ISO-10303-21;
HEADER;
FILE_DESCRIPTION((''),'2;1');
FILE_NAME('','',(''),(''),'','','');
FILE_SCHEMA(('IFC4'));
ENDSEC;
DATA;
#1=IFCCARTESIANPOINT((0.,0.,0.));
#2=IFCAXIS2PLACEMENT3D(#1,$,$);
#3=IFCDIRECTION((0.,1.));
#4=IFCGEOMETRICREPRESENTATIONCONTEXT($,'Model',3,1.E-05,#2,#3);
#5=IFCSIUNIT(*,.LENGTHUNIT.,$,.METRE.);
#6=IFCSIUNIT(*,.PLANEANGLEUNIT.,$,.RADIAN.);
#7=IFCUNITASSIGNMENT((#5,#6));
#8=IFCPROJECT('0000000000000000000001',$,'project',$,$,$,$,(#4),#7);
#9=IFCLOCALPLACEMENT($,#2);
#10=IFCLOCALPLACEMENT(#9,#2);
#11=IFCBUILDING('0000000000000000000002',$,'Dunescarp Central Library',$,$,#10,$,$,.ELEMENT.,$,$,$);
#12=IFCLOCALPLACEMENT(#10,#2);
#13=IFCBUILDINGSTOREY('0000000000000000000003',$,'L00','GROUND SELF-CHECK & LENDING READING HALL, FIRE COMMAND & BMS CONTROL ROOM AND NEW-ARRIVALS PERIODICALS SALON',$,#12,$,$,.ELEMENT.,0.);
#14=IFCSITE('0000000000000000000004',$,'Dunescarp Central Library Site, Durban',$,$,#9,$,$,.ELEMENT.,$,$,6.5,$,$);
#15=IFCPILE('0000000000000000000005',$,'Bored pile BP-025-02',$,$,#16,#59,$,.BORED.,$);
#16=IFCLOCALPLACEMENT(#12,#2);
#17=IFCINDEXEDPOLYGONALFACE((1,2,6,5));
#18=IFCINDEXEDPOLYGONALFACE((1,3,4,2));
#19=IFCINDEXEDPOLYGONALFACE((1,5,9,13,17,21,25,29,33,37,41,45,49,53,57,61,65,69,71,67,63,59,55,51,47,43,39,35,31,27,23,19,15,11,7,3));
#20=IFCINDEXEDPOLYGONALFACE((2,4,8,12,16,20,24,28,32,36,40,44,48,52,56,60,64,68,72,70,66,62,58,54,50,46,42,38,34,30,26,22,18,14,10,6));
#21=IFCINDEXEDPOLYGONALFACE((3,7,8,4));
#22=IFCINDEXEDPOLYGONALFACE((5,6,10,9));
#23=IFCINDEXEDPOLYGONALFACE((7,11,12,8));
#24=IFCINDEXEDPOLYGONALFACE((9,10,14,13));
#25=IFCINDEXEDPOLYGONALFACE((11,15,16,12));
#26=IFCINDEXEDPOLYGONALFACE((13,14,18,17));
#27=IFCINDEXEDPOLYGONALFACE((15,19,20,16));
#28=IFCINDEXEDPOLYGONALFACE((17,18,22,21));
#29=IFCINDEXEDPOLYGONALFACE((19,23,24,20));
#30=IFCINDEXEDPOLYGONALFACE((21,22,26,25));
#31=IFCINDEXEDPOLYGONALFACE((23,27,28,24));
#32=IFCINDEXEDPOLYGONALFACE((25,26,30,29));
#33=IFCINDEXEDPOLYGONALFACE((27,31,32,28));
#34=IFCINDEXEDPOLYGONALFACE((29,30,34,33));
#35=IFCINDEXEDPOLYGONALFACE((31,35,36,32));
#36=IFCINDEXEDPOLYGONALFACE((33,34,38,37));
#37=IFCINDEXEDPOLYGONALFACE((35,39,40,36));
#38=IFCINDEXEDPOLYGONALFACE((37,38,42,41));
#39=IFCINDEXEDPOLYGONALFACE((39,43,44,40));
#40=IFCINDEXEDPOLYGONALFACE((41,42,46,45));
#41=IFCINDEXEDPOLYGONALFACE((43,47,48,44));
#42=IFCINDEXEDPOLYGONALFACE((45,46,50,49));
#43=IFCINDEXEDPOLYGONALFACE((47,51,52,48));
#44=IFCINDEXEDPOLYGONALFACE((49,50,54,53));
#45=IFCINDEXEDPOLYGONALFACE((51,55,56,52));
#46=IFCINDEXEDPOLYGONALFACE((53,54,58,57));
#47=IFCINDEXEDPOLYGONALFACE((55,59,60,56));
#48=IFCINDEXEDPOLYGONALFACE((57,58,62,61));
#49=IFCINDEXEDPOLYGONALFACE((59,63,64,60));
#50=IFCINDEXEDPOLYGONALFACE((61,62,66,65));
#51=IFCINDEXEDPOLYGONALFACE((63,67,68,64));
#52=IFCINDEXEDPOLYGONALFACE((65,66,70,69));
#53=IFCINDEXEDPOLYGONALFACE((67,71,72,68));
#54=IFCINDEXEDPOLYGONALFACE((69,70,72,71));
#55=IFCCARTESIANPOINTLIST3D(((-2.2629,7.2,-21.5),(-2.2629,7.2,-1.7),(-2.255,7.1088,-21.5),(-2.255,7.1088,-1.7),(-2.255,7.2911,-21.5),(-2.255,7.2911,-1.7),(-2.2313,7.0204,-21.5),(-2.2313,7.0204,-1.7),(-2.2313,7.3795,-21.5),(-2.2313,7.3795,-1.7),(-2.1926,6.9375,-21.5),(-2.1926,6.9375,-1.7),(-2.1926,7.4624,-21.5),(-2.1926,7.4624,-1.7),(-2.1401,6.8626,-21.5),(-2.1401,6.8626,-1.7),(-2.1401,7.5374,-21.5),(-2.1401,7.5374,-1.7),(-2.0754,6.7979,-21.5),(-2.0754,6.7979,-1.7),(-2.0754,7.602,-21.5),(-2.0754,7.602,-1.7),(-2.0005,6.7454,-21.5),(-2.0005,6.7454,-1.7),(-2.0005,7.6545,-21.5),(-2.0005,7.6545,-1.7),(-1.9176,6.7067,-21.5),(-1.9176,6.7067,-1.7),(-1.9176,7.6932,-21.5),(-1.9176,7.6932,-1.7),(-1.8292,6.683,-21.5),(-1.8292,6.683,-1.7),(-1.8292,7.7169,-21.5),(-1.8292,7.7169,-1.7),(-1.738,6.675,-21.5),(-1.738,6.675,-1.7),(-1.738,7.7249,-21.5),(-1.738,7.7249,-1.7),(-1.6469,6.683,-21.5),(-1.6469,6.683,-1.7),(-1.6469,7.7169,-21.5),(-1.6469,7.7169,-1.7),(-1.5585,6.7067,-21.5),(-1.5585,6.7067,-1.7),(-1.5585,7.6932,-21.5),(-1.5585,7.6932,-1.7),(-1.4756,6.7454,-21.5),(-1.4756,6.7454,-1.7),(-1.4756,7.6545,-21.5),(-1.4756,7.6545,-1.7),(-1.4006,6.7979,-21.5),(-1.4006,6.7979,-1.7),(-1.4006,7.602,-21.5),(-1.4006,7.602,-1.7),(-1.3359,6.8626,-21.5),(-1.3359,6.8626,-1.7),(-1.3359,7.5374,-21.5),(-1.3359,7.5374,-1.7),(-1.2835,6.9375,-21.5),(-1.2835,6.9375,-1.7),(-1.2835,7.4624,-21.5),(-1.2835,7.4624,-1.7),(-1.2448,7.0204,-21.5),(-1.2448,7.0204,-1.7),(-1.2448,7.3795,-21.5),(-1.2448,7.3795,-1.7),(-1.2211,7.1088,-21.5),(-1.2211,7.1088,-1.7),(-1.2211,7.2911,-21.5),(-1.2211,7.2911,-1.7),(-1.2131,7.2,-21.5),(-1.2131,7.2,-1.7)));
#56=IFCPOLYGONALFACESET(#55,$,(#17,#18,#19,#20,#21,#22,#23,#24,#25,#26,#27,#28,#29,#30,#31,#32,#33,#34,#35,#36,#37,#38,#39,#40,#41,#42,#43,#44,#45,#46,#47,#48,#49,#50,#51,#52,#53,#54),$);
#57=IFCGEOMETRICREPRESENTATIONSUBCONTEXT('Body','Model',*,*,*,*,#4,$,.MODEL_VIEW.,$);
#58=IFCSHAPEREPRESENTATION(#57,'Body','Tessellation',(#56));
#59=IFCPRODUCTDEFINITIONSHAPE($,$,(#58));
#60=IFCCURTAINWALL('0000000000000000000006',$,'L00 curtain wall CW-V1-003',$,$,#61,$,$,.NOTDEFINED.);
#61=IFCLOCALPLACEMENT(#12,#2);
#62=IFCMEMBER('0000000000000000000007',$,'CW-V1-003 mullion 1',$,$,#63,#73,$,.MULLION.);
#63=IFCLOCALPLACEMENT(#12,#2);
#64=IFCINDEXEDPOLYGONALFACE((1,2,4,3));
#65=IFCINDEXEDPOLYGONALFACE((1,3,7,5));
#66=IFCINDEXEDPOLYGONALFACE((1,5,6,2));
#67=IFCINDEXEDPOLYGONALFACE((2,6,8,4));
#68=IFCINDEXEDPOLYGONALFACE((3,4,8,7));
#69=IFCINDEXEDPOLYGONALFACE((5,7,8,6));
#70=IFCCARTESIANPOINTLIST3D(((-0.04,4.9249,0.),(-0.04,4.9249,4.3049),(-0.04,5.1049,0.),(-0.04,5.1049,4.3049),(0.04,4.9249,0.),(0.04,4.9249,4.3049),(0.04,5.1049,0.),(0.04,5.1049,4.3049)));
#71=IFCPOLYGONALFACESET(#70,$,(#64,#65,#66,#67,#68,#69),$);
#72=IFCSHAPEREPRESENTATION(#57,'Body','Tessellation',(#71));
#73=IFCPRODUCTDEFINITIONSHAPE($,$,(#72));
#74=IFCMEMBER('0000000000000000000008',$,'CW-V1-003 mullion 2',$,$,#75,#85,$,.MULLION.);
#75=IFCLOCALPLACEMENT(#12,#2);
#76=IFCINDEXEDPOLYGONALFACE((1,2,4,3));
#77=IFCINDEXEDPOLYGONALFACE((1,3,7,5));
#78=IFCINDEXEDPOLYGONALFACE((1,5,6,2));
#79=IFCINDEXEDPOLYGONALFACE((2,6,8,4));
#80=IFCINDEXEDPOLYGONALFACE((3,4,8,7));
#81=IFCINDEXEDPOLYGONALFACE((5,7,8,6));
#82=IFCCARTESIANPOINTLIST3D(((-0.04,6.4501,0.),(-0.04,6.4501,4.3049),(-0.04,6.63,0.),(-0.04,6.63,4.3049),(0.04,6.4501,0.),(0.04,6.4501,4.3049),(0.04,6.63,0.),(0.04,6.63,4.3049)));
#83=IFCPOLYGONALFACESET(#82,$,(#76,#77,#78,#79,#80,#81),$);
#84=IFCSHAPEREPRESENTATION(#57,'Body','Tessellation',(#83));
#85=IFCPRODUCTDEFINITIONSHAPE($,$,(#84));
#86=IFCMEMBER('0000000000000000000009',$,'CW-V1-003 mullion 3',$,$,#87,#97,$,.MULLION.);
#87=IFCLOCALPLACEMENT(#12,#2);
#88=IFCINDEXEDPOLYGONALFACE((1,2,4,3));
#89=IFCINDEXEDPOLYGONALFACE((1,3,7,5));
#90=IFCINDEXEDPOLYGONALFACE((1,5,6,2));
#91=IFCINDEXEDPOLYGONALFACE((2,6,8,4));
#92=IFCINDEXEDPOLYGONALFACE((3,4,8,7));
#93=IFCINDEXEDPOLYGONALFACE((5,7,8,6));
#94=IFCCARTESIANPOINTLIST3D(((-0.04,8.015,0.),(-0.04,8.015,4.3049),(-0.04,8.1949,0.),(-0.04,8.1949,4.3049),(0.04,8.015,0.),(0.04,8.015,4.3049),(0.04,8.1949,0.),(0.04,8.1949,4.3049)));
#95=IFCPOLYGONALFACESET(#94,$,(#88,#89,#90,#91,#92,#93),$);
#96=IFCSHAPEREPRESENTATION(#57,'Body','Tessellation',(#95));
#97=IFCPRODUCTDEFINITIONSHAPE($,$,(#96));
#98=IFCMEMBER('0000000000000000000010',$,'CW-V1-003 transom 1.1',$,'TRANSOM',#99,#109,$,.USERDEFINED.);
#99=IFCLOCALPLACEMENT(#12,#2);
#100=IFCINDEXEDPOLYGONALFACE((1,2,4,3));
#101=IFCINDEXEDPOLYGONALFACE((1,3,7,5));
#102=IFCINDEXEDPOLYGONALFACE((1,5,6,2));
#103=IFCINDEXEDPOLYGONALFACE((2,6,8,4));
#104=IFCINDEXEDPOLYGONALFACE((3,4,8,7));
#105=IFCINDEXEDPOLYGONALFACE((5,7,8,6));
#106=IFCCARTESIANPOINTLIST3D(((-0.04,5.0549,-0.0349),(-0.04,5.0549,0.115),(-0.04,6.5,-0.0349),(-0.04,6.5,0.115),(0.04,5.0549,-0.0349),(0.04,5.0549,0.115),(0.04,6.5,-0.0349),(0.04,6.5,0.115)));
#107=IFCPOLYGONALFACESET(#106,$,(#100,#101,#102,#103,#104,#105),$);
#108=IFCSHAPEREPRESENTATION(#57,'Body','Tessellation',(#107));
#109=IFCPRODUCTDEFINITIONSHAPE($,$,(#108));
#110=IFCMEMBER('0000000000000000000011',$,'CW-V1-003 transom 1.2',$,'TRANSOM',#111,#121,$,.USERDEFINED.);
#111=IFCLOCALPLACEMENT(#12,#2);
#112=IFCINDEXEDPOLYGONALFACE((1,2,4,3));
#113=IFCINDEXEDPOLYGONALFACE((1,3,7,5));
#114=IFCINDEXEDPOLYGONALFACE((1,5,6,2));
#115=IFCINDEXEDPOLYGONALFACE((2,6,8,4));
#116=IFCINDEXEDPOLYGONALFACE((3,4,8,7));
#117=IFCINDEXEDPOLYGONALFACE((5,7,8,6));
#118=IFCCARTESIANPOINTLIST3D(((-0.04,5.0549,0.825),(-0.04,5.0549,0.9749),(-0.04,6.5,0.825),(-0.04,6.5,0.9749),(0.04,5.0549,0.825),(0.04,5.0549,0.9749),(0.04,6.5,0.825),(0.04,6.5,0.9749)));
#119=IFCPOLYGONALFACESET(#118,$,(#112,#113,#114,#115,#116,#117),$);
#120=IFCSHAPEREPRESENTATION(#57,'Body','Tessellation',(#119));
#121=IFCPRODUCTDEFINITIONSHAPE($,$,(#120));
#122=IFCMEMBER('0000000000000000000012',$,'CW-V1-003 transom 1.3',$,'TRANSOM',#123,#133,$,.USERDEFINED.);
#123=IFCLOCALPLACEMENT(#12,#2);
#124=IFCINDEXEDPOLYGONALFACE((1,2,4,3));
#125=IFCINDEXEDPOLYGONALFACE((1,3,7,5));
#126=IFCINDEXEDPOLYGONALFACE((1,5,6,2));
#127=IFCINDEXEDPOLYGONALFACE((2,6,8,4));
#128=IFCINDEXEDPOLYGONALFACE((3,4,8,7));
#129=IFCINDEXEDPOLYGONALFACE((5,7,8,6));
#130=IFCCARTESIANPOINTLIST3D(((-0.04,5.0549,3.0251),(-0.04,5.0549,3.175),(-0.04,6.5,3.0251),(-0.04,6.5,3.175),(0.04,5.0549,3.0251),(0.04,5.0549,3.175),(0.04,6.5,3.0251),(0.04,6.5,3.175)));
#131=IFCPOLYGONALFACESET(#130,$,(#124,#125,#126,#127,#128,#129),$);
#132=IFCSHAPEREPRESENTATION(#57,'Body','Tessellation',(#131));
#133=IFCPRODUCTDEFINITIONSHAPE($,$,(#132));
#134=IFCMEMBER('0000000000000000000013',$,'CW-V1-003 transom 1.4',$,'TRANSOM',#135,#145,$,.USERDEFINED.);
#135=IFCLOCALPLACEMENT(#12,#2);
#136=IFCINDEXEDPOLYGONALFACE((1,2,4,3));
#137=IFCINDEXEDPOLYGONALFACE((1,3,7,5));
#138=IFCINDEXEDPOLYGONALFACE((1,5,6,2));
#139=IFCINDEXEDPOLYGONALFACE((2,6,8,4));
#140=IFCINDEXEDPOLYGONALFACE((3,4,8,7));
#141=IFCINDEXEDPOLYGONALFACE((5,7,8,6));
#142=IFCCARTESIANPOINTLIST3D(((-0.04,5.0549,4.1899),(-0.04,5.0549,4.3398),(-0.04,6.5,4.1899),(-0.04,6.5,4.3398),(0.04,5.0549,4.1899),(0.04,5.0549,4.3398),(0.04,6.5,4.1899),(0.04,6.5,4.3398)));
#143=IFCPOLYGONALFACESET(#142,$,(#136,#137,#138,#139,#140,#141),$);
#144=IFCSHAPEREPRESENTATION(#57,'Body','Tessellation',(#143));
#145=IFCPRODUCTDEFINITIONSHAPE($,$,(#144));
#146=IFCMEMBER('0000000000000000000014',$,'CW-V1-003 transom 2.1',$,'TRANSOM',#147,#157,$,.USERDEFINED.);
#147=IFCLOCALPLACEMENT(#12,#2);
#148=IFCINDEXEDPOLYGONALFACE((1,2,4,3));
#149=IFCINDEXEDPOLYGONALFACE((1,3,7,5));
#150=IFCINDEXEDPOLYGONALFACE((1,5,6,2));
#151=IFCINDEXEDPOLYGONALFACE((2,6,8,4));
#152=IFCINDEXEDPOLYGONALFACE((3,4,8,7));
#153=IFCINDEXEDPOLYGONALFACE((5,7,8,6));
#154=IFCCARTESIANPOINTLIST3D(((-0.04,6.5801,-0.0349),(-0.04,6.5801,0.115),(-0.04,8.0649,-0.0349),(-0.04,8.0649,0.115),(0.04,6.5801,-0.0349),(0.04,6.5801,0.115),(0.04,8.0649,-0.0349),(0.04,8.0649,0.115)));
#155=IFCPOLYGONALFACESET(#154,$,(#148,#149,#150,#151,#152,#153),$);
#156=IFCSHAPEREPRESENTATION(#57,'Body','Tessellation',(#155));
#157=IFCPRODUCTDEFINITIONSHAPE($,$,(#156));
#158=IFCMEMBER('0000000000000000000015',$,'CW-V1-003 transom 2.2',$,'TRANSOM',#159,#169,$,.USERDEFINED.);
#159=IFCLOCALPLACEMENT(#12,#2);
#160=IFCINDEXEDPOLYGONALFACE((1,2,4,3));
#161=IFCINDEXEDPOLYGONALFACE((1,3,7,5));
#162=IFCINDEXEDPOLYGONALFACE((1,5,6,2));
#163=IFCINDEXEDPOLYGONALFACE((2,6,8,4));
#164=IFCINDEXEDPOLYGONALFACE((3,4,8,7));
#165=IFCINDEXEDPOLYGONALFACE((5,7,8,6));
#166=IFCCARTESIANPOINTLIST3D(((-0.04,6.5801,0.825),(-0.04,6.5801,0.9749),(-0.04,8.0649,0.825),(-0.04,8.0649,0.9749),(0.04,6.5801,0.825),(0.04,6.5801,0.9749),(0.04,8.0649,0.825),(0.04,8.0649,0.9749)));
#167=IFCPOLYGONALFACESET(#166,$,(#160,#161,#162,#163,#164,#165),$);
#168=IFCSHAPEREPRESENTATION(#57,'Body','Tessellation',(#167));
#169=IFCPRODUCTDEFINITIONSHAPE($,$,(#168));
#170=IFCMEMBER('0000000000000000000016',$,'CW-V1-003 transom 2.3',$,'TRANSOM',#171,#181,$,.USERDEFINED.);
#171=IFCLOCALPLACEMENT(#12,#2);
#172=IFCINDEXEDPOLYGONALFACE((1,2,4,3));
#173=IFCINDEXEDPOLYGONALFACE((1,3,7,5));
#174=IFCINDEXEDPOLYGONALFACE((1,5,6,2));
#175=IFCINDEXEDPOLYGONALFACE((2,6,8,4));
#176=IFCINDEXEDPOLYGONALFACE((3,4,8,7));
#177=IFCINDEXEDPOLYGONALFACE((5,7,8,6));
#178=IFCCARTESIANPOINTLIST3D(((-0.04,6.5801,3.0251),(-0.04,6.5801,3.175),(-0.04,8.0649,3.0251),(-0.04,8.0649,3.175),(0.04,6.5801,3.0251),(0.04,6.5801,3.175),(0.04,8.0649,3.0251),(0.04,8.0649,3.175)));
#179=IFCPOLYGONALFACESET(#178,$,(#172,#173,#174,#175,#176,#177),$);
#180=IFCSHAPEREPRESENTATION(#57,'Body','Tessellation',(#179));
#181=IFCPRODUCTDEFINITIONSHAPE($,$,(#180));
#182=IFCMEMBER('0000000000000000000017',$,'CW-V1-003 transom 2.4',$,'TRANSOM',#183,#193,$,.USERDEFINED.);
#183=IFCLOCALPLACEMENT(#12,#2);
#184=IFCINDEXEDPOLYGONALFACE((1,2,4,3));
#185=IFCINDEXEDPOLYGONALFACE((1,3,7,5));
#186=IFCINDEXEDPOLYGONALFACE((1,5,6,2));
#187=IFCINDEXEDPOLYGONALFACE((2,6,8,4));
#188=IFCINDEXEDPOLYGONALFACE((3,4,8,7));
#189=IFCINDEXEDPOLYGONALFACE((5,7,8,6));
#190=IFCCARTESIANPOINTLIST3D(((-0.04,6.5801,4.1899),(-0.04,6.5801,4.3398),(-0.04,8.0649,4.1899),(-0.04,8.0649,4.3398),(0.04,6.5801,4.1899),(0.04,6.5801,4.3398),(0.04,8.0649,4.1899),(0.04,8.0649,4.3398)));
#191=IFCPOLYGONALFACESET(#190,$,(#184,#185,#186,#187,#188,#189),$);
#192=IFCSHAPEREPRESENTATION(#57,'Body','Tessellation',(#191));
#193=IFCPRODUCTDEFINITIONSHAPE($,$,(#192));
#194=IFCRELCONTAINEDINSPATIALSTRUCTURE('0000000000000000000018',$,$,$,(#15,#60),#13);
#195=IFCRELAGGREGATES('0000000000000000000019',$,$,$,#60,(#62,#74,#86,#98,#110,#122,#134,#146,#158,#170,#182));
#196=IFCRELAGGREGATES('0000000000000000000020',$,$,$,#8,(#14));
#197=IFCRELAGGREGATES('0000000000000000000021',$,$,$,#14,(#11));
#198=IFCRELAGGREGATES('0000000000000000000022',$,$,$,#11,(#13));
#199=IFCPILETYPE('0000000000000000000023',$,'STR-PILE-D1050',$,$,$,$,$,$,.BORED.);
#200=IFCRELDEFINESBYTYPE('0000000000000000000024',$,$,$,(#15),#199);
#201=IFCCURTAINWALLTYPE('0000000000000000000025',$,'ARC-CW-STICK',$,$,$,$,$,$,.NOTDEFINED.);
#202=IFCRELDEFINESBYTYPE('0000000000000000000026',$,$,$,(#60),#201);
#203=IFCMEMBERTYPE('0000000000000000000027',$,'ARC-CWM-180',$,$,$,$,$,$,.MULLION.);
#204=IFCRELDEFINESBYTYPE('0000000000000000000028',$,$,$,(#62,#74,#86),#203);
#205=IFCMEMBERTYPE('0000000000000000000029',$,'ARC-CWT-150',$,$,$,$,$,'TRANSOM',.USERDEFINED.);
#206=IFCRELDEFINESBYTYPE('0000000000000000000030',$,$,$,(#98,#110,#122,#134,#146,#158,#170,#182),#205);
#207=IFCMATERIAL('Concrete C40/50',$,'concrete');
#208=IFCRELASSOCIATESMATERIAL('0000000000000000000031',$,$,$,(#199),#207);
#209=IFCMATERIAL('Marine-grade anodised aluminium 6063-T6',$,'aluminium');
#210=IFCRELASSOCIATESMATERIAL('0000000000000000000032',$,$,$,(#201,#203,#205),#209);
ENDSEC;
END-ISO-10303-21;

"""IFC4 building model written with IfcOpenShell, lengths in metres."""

from ifc_helpers import new_model, si_unit, direction, frame, origin, origin_2d, place, context, subcontext, project, spatial, rectangle, circle, extrude, material, material_profile, profile_set, type_object, element, aggregate, save


model = new_model("IFC4")

# Units and contexts
model_context = context("Model", 3, precision=1e-05, world=origin(), true_north=direction((0.0, 1.0)))
body_context = subcontext(model_context, "Body", "Model", "MODEL_VIEW")
ifc_project = project(units=[si_unit("LENGTHUNIT", "METRE"), si_unit("PLANEANGLEUNIT", "RADIAN")], contexts=[model_context])

# Site, building, storey
site_placement = place(None, origin())
site = spatial("IfcSite", under=ifc_project, at=site_placement, Name="Dunescarp Central Library Site, Durban", CompositionType="ELEMENT", RefElevation=6.5)
building_placement = place(site_placement, origin())
building = spatial("IfcBuilding", under=site, at=building_placement, Name="Dunescarp Central Library", CompositionType="ELEMENT")
storey_placement = place(building_placement, origin())
storey = spatial("IfcBuildingStorey", under=building, at=storey_placement, Name="L00", Description="GROUND SELF-CHECK & LENDING READING HALL, FIRE COMMAND & BMS CONTROL ROOM AND NEW-ARRIVALS PERIODICALS SALON", CompositionType="ELEMENT", Elevation=0.0)

# Pile
ifc_material_1 = material(Name="Concrete C40/50", Category="concrete")
ifc_material_profile_1 = material_profile(ifc_material_1, circle(Radius=0.5249, at=origin_2d()), Name="PILE D1050")
ifc_profile_set_1 = profile_set([ifc_material_profile_1], Name="Concrete C40/50")
pile_type = type_object("IfcPileType", Name="STR-PILE-D1050", PredefinedType="BORED", material=ifc_profile_set_1)
pile_placement = place(storey_placement, frame((-1.738, 7.2, -1.7), z_axis=(0.0, 0.0, -1.0), x_axis=(1.0, 0.0, 0.0)))
element("IfcPile", 1, at=pile_placement, inside=storey, type_object=pile_type, Name="Bored pile BP-025-02", PredefinedType="BORED", context=body_context, shape_type="SweptSolid", body=[
    extrude(circle(Radius=0.5249, at=origin_2d()), origin(), (0.0, 0.0, 1.0), 19.8),
])

# Curtain wall, members
ifc_material_2 = material(Name="Marine-grade anodised aluminium 6063-T6", Category="aluminium")
curtain_wall_type = type_object("IfcCurtainWallType", Name="ARC-CW-STICK", PredefinedType="NOTDEFINED", material=ifc_material_2)
curtain_wall_placement = place(storey_placement, origin())
curtain_wall = element("IfcCurtainWall", 2, at=curtain_wall_placement, inside=storey, type_object=curtain_wall_type, Name="L00 curtain wall CW-V1-003", PredefinedType="NOTDEFINED")
ifc_material_profile_2 = material_profile(ifc_material_2, rectangle(XDim=0.0801, YDim=0.1799, at=origin_2d()), Name="AL 80x180")
ifc_profile_set_2 = profile_set([ifc_material_profile_2], Name="Marine-grade anodised aluminium 6063-T6")
member_type_1 = type_object("IfcMemberType", Name="ARC-CWM-180", PredefinedType="MULLION", material=ifc_profile_set_2)
member_1_placement = place(storey_placement, frame((0.0, 5.0149, 0.0), z_axis=(0.0, 0.0, 1.0), x_axis=(-1.0, 0.0, 0.0)))
member_1 = element("IfcMember", 3, at=member_1_placement, type_object=member_type_1, Name="CW-V1-003 mullion 1", PredefinedType="MULLION", context=body_context, shape_type="SweptSolid", body=[
    extrude(rectangle(XDim=0.0801, YDim=0.1799, at=origin_2d()), origin(), (0.0, 0.0, 1.0), 4.3049),
])
member_2_placement = place(storey_placement, frame((0.0, 6.54, 0.0), z_axis=(0.0, 0.0, 1.0), x_axis=(-1.0, 0.0, 0.0)))
member_2 = element("IfcMember", 4, at=member_2_placement, type_object=member_type_1, Name="CW-V1-003 mullion 2", PredefinedType="MULLION", context=body_context, shape_type="SweptSolid", body=[
    extrude(rectangle(XDim=0.0801, YDim=0.1799, at=origin_2d()), origin(), (0.0, 0.0, 1.0), 4.3049),
])
member_3_placement = place(storey_placement, frame((0.0, 8.105, 0.0), z_axis=(0.0, 0.0, 1.0), x_axis=(-1.0, 0.0, 0.0)))
member_3 = element("IfcMember", 5, at=member_3_placement, type_object=member_type_1, Name="CW-V1-003 mullion 3", PredefinedType="MULLION", context=body_context, shape_type="SweptSolid", body=[
    extrude(rectangle(XDim=0.0801, YDim=0.1799, at=origin_2d()), origin(), (0.0, 0.0, 1.0), 4.3049),
])
ifc_material_profile_3 = material_profile(ifc_material_2, rectangle(XDim=0.0801, YDim=0.1499, at=origin_2d()), Name="AL 80x150")
ifc_profile_set_3 = profile_set([ifc_material_profile_3], Name="Marine-grade anodised aluminium 6063-T6")
member_type_2 = type_object("IfcMemberType", Name="ARC-CWT-150", ElementType="TRANSOM", PredefinedType="USERDEFINED", material=ifc_profile_set_3)
member_4_placement = place(storey_placement, frame((0.0, 5.0549, 0.04), z_axis=(0.0, 1.0, 0.0), x_axis=(-1.0, 0.0, 0.0)))
member_4 = element("IfcMember", 6, at=member_4_placement, type_object=member_type_2, Name="CW-V1-003 transom 1.1", ObjectType="TRANSOM", PredefinedType="USERDEFINED", context=body_context, shape_type="SweptSolid", body=[
    extrude(rectangle(XDim=0.0801, YDim=0.1499, at=origin_2d()), origin(), (0.0, 0.0, 1.0), 1.4451),
])
member_5_placement = place(storey_placement, frame((0.0, 5.0549, 0.8999), z_axis=(0.0, 1.0, 0.0), x_axis=(-1.0, 0.0, 0.0)))
member_5 = element("IfcMember", 7, at=member_5_placement, type_object=member_type_2, Name="CW-V1-003 transom 1.2", ObjectType="TRANSOM", PredefinedType="USERDEFINED", context=body_context, shape_type="SweptSolid", body=[
    extrude(rectangle(XDim=0.0801, YDim=0.1499, at=origin_2d()), origin(), (0.0, 0.0, 1.0), 1.4451),
])
member_6_placement = place(storey_placement, frame((0.0, 5.0549, 3.1001), z_axis=(0.0, 1.0, 0.0), x_axis=(-1.0, 0.0, 0.0)))
member_6 = element("IfcMember", 8, at=member_6_placement, type_object=member_type_2, Name="CW-V1-003 transom 1.3", ObjectType="TRANSOM", PredefinedType="USERDEFINED", context=body_context, shape_type="SweptSolid", body=[
    extrude(rectangle(XDim=0.0801, YDim=0.1499, at=origin_2d()), origin(), (0.0, 0.0, 1.0), 1.4451),
])
member_7_placement = place(storey_placement, frame((0.0, 5.0549, 4.2649), z_axis=(0.0, 1.0, 0.0), x_axis=(-1.0, 0.0, 0.0)))
member_7 = element("IfcMember", 9, at=member_7_placement, type_object=member_type_2, Name="CW-V1-003 transom 1.4", ObjectType="TRANSOM", PredefinedType="USERDEFINED", context=body_context, shape_type="SweptSolid", body=[
    extrude(rectangle(XDim=0.0801, YDim=0.1499, at=origin_2d()), origin(), (0.0, 0.0, 1.0), 1.4451),
])
member_8_placement = place(storey_placement, frame((0.0, 6.5801, 0.04), z_axis=(0.0, 1.0, 0.0), x_axis=(-1.0, 0.0, 0.0)))
member_8 = element("IfcMember", 10, at=member_8_placement, type_object=member_type_2, Name="CW-V1-003 transom 2.1", ObjectType="TRANSOM", PredefinedType="USERDEFINED", context=body_context, shape_type="SweptSolid", body=[
    extrude(rectangle(XDim=0.0801, YDim=0.1499, at=origin_2d()), origin(), (0.0, 0.0, 1.0), 1.4849),
])
member_9_placement = place(storey_placement, frame((0.0, 6.5801, 0.8999), z_axis=(0.0, 1.0, 0.0), x_axis=(-1.0, 0.0, 0.0)))
member_9 = element("IfcMember", 11, at=member_9_placement, type_object=member_type_2, Name="CW-V1-003 transom 2.2", ObjectType="TRANSOM", PredefinedType="USERDEFINED", context=body_context, shape_type="SweptSolid", body=[
    extrude(rectangle(XDim=0.0801, YDim=0.1499, at=origin_2d()), origin(), (0.0, 0.0, 1.0), 1.4849),
])
member_10_placement = place(storey_placement, frame((0.0, 6.5801, 3.1001), z_axis=(0.0, 1.0, 0.0), x_axis=(-1.0, 0.0, 0.0)))
member_10 = element("IfcMember", 12, at=member_10_placement, type_object=member_type_2, Name="CW-V1-003 transom 2.3", ObjectType="TRANSOM", PredefinedType="USERDEFINED", context=body_context, shape_type="SweptSolid", body=[
    extrude(rectangle(XDim=0.0801, YDim=0.1499, at=origin_2d()), origin(), (0.0, 0.0, 1.0), 1.4849),
])
member_11_placement = place(storey_placement, frame((0.0, 6.5801, 4.2649), z_axis=(0.0, 1.0, 0.0), x_axis=(-1.0, 0.0, 0.0)))
member_11 = element("IfcMember", 13, at=member_11_placement, type_object=member_type_2, Name="CW-V1-003 transom 2.4", ObjectType="TRANSOM", PredefinedType="USERDEFINED", context=body_context, shape_type="SweptSolid", body=[
    extrude(rectangle(XDim=0.0801, YDim=0.1499, at=origin_2d()), origin(), (0.0, 0.0, 1.0), 1.4849),
])
aggregate(curtain_wall, [member_1, member_2, member_3, member_4, member_5, member_6, member_7, member_8, member_9, member_10, member_11])

save(model, "model.ifc")
